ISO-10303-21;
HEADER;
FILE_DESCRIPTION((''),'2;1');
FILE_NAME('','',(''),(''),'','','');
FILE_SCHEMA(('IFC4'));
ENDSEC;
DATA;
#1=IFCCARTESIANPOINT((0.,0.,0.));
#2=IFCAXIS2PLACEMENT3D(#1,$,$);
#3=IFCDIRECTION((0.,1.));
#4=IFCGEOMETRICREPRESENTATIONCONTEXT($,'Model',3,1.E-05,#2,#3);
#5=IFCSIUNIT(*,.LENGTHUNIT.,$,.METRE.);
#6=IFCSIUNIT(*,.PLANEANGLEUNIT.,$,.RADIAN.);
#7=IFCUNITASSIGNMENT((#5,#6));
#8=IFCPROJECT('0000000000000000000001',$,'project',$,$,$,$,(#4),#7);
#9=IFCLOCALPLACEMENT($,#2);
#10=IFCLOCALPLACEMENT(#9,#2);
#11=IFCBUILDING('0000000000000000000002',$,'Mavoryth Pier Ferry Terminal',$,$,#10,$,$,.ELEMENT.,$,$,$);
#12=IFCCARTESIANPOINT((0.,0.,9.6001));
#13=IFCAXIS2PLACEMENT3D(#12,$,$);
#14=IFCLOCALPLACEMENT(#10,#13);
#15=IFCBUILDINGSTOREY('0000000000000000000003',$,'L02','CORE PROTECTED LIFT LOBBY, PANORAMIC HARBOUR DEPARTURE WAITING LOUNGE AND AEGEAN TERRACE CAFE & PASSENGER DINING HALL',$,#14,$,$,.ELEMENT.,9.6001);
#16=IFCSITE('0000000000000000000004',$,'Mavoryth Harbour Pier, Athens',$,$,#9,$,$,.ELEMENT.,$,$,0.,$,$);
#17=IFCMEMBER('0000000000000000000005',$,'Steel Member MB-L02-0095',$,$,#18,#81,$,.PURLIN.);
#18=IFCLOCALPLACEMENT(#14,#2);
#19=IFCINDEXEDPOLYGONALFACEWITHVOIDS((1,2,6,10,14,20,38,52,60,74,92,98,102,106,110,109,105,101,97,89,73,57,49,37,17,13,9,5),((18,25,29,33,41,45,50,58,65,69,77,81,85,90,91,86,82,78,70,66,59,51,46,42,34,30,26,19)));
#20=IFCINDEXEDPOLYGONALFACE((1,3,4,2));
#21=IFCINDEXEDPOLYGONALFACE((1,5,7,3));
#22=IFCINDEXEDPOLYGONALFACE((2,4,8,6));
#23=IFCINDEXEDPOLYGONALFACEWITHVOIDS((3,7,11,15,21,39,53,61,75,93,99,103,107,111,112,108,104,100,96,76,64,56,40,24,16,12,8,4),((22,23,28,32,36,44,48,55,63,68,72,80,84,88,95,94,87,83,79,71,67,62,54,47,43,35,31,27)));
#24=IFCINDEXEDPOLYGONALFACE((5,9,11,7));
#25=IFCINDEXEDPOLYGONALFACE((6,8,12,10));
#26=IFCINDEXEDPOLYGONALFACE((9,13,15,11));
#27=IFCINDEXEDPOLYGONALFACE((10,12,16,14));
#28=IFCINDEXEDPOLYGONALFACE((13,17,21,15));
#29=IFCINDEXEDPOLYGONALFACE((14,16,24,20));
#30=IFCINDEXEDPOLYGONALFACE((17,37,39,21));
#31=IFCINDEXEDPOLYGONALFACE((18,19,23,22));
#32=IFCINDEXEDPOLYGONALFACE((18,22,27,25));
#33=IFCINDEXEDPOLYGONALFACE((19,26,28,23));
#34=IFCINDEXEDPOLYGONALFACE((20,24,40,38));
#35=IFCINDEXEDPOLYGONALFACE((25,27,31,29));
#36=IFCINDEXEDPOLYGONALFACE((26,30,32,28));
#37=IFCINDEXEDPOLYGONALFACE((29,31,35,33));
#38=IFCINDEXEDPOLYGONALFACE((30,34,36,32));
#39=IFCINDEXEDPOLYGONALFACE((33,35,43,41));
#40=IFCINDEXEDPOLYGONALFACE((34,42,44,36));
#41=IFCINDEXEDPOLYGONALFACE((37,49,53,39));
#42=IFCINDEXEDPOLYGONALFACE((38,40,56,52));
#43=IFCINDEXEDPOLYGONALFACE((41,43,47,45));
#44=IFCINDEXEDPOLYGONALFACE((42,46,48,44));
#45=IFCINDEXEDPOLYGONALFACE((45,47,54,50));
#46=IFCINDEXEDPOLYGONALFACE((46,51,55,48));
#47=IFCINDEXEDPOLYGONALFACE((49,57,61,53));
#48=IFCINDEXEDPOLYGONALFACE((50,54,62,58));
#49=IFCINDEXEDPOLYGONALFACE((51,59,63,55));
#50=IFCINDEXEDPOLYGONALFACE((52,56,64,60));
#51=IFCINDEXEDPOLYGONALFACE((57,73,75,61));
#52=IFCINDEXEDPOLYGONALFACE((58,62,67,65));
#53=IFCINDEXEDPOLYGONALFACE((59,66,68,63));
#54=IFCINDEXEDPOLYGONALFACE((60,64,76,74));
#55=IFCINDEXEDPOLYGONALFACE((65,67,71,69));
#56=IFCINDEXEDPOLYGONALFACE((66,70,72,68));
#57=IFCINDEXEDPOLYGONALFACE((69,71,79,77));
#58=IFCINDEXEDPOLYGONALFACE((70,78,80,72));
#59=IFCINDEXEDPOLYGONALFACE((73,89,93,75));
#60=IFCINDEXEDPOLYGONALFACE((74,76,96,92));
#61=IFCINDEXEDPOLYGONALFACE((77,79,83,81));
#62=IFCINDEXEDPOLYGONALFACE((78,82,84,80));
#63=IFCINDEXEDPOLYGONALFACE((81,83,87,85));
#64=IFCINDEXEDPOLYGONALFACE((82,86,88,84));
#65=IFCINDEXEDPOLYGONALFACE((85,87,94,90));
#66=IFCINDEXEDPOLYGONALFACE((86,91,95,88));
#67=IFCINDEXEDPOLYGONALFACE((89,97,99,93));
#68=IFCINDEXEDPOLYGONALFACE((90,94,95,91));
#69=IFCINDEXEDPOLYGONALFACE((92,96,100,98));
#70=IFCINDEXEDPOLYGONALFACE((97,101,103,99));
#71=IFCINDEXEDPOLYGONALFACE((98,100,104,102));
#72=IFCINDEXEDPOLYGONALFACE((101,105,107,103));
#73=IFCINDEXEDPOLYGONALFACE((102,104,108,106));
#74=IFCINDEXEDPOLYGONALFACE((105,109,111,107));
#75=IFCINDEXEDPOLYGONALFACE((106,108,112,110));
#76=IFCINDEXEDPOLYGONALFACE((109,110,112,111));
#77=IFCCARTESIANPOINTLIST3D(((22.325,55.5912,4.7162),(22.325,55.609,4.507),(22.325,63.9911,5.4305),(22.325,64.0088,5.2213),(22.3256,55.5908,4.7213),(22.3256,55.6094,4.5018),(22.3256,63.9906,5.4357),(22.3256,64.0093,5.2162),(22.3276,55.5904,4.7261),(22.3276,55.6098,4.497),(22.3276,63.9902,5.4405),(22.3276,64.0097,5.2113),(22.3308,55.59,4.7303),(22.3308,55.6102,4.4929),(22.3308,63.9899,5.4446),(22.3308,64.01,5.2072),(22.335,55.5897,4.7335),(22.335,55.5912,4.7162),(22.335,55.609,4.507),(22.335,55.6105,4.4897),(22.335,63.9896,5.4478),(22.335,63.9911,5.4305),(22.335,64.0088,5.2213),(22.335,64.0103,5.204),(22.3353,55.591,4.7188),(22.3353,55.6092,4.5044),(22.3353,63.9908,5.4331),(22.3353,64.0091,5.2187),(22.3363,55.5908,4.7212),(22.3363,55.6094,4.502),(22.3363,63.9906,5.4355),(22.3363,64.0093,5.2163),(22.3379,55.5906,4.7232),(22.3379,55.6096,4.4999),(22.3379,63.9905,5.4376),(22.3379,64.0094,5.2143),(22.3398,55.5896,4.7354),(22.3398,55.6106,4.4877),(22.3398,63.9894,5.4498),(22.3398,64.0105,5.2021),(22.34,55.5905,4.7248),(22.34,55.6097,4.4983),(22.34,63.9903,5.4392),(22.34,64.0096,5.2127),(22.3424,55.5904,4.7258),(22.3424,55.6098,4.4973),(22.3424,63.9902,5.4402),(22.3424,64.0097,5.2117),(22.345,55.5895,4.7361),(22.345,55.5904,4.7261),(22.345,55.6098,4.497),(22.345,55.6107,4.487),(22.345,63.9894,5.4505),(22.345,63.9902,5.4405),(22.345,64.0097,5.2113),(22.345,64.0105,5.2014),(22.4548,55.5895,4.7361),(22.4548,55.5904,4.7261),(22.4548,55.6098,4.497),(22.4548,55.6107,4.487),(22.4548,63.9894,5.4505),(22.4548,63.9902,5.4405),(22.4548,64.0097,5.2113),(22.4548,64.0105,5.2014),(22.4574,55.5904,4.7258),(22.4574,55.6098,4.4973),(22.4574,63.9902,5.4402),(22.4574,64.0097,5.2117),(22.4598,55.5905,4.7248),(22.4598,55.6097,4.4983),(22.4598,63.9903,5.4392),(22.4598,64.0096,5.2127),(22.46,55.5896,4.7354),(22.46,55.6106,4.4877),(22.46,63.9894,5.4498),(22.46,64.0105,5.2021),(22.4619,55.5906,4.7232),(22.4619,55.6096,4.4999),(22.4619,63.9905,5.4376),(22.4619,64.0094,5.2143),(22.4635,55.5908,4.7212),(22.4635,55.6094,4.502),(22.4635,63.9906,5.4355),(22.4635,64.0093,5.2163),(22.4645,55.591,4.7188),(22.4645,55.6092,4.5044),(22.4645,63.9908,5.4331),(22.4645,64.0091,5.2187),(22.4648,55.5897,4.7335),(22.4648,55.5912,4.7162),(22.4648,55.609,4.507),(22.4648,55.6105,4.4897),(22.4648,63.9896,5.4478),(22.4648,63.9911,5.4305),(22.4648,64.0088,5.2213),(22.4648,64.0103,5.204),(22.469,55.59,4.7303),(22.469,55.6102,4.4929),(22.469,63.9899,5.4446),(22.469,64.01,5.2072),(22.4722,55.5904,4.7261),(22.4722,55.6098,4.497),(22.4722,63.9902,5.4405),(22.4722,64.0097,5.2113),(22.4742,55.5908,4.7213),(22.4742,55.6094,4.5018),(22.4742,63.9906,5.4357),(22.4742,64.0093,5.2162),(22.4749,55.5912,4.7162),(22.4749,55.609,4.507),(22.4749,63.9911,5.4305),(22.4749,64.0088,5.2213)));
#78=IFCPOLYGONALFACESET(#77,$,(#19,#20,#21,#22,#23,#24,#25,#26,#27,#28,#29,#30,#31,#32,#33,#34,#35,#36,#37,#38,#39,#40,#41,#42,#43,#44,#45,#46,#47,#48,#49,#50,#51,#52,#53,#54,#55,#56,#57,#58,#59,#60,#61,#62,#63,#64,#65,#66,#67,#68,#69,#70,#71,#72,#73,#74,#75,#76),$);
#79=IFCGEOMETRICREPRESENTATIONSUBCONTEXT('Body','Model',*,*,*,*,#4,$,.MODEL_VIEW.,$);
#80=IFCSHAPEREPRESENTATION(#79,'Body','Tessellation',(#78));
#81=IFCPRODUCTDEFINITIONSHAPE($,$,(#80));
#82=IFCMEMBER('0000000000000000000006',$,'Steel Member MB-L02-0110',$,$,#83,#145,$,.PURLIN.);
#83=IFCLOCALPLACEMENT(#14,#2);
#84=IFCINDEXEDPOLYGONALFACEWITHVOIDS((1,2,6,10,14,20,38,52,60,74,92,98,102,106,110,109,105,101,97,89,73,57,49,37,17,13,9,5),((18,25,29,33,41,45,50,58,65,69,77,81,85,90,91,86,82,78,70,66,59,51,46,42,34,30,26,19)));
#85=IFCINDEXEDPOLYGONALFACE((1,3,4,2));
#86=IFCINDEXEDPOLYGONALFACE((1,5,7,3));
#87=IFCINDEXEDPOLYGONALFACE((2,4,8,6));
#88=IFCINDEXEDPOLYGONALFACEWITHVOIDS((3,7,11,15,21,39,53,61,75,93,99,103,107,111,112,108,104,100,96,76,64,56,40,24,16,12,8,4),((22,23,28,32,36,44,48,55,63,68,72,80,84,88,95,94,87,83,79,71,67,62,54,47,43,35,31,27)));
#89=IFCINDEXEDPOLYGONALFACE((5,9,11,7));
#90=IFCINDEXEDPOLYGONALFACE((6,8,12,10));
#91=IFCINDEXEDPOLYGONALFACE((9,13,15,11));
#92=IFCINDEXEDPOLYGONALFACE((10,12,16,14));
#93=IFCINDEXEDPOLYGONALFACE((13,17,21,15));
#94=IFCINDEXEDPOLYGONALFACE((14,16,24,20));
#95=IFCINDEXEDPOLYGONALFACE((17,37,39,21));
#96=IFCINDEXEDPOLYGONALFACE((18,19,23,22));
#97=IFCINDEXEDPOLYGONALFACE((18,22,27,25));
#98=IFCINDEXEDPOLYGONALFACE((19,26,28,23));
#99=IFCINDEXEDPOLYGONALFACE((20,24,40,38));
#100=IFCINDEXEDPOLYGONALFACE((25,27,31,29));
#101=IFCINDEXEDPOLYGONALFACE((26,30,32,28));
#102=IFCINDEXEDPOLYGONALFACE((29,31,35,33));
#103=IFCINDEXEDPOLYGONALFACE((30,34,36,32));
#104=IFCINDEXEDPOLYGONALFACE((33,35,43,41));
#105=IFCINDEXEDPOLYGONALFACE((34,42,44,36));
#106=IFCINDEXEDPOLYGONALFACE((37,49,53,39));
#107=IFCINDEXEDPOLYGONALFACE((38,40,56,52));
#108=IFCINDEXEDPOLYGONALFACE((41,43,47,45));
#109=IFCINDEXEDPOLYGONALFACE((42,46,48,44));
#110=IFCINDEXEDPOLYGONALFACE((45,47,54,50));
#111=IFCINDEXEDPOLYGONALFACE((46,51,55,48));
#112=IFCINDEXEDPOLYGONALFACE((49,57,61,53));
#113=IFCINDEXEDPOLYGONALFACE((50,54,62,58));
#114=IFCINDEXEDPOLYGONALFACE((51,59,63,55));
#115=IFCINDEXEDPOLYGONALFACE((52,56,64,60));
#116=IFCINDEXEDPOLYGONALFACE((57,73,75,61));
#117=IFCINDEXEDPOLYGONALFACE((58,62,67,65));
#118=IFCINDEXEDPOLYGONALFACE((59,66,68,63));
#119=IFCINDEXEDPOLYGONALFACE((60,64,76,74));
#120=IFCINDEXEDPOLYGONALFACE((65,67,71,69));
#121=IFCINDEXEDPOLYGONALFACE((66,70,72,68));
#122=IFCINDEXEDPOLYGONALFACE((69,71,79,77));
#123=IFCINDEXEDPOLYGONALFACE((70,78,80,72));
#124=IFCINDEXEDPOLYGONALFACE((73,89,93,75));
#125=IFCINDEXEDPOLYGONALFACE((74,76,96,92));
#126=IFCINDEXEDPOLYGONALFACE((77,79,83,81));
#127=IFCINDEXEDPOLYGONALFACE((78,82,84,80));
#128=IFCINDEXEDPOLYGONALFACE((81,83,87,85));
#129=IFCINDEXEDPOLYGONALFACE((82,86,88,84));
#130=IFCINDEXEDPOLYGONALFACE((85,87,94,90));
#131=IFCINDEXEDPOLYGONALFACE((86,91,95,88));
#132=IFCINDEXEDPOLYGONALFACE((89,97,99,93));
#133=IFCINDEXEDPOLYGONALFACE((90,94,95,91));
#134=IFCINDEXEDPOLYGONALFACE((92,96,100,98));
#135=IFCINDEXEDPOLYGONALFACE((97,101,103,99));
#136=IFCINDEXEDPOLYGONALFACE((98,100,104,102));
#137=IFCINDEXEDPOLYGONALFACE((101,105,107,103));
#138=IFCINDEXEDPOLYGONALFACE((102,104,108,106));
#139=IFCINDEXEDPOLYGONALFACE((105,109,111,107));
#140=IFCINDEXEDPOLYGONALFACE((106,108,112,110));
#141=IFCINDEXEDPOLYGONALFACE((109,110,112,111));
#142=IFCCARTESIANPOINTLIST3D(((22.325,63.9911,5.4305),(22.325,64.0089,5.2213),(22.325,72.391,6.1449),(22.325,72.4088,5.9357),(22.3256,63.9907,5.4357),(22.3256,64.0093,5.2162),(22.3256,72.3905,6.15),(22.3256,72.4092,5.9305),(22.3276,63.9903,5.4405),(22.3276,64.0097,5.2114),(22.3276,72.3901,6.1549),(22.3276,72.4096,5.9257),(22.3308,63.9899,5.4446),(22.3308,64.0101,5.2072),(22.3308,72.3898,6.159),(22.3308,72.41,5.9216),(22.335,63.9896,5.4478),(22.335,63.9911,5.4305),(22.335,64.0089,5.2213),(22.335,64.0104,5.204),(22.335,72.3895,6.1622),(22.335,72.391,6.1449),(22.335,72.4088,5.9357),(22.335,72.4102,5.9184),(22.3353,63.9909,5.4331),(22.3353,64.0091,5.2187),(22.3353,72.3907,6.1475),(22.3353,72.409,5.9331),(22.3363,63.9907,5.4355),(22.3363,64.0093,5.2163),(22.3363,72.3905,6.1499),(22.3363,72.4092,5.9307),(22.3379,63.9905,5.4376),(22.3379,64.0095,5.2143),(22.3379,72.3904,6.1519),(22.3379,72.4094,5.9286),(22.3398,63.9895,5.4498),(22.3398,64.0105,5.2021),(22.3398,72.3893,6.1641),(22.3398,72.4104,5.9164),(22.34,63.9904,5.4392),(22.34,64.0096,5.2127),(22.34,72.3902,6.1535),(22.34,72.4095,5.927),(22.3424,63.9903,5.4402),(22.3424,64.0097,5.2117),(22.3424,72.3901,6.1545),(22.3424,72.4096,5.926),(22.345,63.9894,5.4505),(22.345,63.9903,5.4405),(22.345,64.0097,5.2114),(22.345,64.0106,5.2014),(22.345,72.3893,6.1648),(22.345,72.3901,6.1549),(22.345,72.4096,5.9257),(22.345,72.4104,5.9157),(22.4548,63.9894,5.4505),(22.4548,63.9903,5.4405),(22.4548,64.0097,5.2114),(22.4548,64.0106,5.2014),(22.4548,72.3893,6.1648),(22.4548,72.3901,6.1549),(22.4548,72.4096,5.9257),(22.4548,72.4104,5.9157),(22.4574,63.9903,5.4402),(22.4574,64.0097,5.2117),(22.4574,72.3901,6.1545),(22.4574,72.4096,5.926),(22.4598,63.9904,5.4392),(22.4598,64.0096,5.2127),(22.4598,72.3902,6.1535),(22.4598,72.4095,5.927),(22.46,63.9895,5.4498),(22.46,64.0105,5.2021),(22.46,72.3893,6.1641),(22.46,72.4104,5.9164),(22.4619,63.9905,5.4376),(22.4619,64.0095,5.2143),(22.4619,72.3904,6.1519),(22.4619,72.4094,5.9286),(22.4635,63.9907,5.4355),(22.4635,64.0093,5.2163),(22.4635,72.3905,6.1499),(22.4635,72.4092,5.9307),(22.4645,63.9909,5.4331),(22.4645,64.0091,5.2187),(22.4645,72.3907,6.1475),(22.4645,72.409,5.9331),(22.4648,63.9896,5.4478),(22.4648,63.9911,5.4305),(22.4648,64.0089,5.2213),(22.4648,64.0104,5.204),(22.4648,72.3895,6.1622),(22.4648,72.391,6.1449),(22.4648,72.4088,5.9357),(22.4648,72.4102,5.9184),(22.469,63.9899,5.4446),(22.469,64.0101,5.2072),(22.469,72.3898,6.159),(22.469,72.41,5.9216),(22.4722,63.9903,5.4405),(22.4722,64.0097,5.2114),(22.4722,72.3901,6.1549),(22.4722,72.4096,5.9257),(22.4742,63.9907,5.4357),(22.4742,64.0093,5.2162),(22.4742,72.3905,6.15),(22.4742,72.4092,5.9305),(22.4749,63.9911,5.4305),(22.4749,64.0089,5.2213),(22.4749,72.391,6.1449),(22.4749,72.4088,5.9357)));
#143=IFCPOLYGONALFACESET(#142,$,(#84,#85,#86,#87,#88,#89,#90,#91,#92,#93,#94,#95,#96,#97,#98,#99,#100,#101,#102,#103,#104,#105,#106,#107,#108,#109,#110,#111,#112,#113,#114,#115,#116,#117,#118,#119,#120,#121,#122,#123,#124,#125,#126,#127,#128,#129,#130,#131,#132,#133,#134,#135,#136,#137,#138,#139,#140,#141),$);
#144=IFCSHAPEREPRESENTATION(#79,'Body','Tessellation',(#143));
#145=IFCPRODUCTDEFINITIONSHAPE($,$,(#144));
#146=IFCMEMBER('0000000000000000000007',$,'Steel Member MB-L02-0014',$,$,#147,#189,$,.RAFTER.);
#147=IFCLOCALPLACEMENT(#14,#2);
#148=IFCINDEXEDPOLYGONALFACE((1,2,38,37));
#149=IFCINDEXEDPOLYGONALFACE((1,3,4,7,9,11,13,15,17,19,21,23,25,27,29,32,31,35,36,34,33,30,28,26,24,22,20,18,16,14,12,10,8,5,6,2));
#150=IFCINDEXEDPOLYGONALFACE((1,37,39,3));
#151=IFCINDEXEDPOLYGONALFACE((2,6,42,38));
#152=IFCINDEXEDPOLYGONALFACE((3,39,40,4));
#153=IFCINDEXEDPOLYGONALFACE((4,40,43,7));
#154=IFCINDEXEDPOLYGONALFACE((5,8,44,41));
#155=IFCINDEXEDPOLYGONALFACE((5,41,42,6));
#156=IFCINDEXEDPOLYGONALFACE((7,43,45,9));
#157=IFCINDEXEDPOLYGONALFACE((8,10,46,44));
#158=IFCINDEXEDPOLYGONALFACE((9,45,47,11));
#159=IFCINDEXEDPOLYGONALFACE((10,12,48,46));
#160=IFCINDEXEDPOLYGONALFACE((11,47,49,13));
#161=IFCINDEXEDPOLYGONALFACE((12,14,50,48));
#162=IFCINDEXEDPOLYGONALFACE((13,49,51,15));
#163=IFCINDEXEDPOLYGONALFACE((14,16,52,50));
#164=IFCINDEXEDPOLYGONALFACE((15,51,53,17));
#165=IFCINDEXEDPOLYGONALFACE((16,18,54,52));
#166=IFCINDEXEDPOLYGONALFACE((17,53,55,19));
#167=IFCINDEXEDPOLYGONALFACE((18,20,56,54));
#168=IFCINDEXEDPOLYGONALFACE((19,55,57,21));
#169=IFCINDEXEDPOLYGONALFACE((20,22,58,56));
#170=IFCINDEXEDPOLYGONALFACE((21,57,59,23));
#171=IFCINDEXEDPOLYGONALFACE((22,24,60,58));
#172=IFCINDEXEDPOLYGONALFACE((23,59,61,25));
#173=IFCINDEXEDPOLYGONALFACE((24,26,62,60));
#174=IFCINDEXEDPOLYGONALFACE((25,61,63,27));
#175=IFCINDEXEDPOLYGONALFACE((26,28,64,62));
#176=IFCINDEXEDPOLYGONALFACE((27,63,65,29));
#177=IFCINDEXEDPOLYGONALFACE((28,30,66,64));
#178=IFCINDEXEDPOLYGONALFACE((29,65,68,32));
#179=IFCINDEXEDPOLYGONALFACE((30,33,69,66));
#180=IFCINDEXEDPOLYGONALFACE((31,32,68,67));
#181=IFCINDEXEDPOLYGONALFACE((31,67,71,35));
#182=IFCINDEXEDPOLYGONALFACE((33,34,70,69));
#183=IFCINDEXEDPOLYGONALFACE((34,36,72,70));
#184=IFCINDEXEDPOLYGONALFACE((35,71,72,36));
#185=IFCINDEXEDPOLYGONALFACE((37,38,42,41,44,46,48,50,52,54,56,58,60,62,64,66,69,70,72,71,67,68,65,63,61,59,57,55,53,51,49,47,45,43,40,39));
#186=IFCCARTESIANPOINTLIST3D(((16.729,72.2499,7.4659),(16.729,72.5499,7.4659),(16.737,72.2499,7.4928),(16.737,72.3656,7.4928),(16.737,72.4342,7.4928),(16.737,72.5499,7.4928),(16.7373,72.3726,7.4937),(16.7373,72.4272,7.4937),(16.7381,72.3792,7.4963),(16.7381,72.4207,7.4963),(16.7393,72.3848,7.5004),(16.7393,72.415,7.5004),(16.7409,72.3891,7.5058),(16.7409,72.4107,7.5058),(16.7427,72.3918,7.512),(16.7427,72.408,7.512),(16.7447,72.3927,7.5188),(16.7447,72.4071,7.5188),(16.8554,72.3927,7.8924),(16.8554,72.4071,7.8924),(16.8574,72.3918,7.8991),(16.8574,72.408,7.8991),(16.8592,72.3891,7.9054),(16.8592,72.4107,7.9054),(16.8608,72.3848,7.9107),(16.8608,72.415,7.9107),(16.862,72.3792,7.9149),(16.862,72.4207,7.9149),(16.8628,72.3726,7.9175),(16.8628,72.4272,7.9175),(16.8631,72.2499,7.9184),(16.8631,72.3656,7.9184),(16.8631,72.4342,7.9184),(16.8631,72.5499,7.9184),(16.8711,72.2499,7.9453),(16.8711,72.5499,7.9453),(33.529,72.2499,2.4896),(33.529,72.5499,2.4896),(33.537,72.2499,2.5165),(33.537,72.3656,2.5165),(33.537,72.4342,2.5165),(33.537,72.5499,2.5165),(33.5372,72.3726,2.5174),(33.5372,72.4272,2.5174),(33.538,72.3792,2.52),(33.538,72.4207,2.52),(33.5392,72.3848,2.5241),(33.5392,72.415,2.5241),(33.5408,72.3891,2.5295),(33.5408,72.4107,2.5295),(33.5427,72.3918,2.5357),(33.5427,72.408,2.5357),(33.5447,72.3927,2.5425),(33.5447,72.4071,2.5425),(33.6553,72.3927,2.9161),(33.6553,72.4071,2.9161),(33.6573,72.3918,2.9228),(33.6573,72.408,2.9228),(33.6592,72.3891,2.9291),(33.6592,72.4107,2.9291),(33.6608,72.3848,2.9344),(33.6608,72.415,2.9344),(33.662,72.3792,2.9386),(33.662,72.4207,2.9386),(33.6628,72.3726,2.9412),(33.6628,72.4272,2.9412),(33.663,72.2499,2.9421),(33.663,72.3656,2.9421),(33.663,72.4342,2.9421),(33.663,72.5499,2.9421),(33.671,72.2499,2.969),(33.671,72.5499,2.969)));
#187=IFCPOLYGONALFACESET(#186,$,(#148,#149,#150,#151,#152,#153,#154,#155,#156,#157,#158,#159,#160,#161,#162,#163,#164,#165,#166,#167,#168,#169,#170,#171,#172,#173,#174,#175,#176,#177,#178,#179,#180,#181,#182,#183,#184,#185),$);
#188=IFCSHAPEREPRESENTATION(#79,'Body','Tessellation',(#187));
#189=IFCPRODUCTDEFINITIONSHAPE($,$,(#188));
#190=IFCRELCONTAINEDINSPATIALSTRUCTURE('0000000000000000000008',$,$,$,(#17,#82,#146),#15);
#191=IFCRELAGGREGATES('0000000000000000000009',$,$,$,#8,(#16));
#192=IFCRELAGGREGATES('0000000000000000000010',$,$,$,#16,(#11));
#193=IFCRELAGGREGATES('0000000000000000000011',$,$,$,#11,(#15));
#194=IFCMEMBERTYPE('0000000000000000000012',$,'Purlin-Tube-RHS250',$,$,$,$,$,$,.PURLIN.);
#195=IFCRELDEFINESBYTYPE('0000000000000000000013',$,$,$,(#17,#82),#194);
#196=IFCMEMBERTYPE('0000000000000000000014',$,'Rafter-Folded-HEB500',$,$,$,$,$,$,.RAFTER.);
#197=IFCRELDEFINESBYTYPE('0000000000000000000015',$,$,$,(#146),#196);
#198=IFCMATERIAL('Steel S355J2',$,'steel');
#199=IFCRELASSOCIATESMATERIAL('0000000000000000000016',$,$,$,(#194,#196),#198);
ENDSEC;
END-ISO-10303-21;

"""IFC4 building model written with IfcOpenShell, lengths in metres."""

from ifc_helpers import new_model, si_unit, direction, frame, origin, origin_2d, place, context, subcontext, project, spatial, hollow_rectangle, i_section, extrude, material, material_profile, profile_set, type_object, element, save


model = new_model("IFC4")

# Units and contexts
model_context = context("Model", 3, precision=1e-05, world=origin(), true_north=direction((0.0, 1.0)))
body_context = subcontext(model_context, "Body", "Model", "MODEL_VIEW")
ifc_project = project(units=[si_unit("LENGTHUNIT", "METRE"), si_unit("PLANEANGLEUNIT", "RADIAN")], contexts=[model_context])

# Site, building, storey
site_placement = place(None, origin())
site = spatial("IfcSite", under=ifc_project, at=site_placement, Name="Mavoryth Harbour Pier, Athens", CompositionType="ELEMENT", RefElevation=0.0)
building_placement = place(site_placement, origin())
building = spatial("IfcBuilding", under=site, at=building_placement, Name="Mavoryth Pier Ferry Terminal", CompositionType="ELEMENT")
storey_placement = place(building_placement, frame((0.0, 0.0, 9.6001)))
storey = spatial("IfcBuildingStorey", under=building, at=storey_placement, Name="L02", Description="CORE PROTECTED LIFT LOBBY, PANORAMIC HARBOUR DEPARTURE WAITING LOUNGE AND AEGEAN TERRACE CAFE & PASSENGER DINING HALL", CompositionType="ELEMENT", Elevation=9.6001)

# Shared definitions
ifc_material_1 = material(Name="Steel S355J2", Category="steel")

# Members
ifc_material_profile_1 = material_profile(ifc_material_1, hollow_rectangle(XDim=0.1499, YDim=0.25, WallThickness=0.01, InnerFilletRadius=0.01, OuterFilletRadius=0.02, at=origin_2d()), Name="RHS 250x150x10.0", Category="steel")
ifc_profile_set_1 = profile_set([ifc_material_profile_1], Name="Steel S355J2 - RHS 250x150x10.0")
member_type_1 = type_object("IfcMemberType", Name="Purlin-Tube-RHS250", PredefinedType="PURLIN", material=ifc_profile_set_1)
for number, where, z_axis, x_axis, name in (
    (1, (22.3999, 55.6001, 4.6116), (0.0, 0.996403, 0.084737), (-1.0, 0.0, 0.0), "Steel Member MB-L02-0095"),
    (2, (22.3999, 64.0, 5.3259), (0.0, 0.996403, 0.084737), (-1.0, 0.0, 0.0), "Steel Member MB-L02-0110"),
):
    element("IfcMember", number, at=place(storey_placement, frame(where, z_axis=z_axis, x_axis=x_axis)), inside=storey, type_object=member_type_1, Name=name, PredefinedType="PURLIN", context=body_context, shape_type="SweptSolid", body=[
        extrude(hollow_rectangle(XDim=0.1499, YDim=0.25, WallThickness=0.01, InnerFilletRadius=0.01, OuterFilletRadius=0.02, at=origin_2d()), origin(), (0.0, 0.0, 1.0), 8.4302),
    ])
ifc_material_profile_2 = material_profile(ifc_material_1, i_section(OverallWidth=0.3, OverallDepth=0.5, WebThickness=0.0144, FlangeThickness=0.0281, FilletRadius=0.0271, at=origin_2d()), Name="HEB 500", Category="steel")
ifc_profile_set_2 = profile_set([ifc_material_profile_2], Name="Steel S355J2 - HEB 500")
member_type_2 = type_object("IfcMemberType", Name="Rafter-Folded-HEB500", PredefinedType="RAFTER", material=ifc_profile_set_2)
member_1_placement = place(storey_placement, frame((16.8, 72.3999, 7.7056), z_axis=(0.958821, 0.0, -0.284011), x_axis=(0.0, 1.0, 0.0)))
element("IfcMember", 3, at=member_1_placement, inside=storey, type_object=member_type_2, Name="Steel Member MB-L02-0014", PredefinedType="RAFTER", context=body_context, shape_type="SweptSolid", body=[
    extrude(i_section(OverallWidth=0.3, OverallDepth=0.5, WebThickness=0.0144, FlangeThickness=0.0281, FilletRadius=0.0271, at=origin_2d()), origin(), (0.0, 0.0, 1.0), 17.5215),
])

save(model, "model.ifc")
